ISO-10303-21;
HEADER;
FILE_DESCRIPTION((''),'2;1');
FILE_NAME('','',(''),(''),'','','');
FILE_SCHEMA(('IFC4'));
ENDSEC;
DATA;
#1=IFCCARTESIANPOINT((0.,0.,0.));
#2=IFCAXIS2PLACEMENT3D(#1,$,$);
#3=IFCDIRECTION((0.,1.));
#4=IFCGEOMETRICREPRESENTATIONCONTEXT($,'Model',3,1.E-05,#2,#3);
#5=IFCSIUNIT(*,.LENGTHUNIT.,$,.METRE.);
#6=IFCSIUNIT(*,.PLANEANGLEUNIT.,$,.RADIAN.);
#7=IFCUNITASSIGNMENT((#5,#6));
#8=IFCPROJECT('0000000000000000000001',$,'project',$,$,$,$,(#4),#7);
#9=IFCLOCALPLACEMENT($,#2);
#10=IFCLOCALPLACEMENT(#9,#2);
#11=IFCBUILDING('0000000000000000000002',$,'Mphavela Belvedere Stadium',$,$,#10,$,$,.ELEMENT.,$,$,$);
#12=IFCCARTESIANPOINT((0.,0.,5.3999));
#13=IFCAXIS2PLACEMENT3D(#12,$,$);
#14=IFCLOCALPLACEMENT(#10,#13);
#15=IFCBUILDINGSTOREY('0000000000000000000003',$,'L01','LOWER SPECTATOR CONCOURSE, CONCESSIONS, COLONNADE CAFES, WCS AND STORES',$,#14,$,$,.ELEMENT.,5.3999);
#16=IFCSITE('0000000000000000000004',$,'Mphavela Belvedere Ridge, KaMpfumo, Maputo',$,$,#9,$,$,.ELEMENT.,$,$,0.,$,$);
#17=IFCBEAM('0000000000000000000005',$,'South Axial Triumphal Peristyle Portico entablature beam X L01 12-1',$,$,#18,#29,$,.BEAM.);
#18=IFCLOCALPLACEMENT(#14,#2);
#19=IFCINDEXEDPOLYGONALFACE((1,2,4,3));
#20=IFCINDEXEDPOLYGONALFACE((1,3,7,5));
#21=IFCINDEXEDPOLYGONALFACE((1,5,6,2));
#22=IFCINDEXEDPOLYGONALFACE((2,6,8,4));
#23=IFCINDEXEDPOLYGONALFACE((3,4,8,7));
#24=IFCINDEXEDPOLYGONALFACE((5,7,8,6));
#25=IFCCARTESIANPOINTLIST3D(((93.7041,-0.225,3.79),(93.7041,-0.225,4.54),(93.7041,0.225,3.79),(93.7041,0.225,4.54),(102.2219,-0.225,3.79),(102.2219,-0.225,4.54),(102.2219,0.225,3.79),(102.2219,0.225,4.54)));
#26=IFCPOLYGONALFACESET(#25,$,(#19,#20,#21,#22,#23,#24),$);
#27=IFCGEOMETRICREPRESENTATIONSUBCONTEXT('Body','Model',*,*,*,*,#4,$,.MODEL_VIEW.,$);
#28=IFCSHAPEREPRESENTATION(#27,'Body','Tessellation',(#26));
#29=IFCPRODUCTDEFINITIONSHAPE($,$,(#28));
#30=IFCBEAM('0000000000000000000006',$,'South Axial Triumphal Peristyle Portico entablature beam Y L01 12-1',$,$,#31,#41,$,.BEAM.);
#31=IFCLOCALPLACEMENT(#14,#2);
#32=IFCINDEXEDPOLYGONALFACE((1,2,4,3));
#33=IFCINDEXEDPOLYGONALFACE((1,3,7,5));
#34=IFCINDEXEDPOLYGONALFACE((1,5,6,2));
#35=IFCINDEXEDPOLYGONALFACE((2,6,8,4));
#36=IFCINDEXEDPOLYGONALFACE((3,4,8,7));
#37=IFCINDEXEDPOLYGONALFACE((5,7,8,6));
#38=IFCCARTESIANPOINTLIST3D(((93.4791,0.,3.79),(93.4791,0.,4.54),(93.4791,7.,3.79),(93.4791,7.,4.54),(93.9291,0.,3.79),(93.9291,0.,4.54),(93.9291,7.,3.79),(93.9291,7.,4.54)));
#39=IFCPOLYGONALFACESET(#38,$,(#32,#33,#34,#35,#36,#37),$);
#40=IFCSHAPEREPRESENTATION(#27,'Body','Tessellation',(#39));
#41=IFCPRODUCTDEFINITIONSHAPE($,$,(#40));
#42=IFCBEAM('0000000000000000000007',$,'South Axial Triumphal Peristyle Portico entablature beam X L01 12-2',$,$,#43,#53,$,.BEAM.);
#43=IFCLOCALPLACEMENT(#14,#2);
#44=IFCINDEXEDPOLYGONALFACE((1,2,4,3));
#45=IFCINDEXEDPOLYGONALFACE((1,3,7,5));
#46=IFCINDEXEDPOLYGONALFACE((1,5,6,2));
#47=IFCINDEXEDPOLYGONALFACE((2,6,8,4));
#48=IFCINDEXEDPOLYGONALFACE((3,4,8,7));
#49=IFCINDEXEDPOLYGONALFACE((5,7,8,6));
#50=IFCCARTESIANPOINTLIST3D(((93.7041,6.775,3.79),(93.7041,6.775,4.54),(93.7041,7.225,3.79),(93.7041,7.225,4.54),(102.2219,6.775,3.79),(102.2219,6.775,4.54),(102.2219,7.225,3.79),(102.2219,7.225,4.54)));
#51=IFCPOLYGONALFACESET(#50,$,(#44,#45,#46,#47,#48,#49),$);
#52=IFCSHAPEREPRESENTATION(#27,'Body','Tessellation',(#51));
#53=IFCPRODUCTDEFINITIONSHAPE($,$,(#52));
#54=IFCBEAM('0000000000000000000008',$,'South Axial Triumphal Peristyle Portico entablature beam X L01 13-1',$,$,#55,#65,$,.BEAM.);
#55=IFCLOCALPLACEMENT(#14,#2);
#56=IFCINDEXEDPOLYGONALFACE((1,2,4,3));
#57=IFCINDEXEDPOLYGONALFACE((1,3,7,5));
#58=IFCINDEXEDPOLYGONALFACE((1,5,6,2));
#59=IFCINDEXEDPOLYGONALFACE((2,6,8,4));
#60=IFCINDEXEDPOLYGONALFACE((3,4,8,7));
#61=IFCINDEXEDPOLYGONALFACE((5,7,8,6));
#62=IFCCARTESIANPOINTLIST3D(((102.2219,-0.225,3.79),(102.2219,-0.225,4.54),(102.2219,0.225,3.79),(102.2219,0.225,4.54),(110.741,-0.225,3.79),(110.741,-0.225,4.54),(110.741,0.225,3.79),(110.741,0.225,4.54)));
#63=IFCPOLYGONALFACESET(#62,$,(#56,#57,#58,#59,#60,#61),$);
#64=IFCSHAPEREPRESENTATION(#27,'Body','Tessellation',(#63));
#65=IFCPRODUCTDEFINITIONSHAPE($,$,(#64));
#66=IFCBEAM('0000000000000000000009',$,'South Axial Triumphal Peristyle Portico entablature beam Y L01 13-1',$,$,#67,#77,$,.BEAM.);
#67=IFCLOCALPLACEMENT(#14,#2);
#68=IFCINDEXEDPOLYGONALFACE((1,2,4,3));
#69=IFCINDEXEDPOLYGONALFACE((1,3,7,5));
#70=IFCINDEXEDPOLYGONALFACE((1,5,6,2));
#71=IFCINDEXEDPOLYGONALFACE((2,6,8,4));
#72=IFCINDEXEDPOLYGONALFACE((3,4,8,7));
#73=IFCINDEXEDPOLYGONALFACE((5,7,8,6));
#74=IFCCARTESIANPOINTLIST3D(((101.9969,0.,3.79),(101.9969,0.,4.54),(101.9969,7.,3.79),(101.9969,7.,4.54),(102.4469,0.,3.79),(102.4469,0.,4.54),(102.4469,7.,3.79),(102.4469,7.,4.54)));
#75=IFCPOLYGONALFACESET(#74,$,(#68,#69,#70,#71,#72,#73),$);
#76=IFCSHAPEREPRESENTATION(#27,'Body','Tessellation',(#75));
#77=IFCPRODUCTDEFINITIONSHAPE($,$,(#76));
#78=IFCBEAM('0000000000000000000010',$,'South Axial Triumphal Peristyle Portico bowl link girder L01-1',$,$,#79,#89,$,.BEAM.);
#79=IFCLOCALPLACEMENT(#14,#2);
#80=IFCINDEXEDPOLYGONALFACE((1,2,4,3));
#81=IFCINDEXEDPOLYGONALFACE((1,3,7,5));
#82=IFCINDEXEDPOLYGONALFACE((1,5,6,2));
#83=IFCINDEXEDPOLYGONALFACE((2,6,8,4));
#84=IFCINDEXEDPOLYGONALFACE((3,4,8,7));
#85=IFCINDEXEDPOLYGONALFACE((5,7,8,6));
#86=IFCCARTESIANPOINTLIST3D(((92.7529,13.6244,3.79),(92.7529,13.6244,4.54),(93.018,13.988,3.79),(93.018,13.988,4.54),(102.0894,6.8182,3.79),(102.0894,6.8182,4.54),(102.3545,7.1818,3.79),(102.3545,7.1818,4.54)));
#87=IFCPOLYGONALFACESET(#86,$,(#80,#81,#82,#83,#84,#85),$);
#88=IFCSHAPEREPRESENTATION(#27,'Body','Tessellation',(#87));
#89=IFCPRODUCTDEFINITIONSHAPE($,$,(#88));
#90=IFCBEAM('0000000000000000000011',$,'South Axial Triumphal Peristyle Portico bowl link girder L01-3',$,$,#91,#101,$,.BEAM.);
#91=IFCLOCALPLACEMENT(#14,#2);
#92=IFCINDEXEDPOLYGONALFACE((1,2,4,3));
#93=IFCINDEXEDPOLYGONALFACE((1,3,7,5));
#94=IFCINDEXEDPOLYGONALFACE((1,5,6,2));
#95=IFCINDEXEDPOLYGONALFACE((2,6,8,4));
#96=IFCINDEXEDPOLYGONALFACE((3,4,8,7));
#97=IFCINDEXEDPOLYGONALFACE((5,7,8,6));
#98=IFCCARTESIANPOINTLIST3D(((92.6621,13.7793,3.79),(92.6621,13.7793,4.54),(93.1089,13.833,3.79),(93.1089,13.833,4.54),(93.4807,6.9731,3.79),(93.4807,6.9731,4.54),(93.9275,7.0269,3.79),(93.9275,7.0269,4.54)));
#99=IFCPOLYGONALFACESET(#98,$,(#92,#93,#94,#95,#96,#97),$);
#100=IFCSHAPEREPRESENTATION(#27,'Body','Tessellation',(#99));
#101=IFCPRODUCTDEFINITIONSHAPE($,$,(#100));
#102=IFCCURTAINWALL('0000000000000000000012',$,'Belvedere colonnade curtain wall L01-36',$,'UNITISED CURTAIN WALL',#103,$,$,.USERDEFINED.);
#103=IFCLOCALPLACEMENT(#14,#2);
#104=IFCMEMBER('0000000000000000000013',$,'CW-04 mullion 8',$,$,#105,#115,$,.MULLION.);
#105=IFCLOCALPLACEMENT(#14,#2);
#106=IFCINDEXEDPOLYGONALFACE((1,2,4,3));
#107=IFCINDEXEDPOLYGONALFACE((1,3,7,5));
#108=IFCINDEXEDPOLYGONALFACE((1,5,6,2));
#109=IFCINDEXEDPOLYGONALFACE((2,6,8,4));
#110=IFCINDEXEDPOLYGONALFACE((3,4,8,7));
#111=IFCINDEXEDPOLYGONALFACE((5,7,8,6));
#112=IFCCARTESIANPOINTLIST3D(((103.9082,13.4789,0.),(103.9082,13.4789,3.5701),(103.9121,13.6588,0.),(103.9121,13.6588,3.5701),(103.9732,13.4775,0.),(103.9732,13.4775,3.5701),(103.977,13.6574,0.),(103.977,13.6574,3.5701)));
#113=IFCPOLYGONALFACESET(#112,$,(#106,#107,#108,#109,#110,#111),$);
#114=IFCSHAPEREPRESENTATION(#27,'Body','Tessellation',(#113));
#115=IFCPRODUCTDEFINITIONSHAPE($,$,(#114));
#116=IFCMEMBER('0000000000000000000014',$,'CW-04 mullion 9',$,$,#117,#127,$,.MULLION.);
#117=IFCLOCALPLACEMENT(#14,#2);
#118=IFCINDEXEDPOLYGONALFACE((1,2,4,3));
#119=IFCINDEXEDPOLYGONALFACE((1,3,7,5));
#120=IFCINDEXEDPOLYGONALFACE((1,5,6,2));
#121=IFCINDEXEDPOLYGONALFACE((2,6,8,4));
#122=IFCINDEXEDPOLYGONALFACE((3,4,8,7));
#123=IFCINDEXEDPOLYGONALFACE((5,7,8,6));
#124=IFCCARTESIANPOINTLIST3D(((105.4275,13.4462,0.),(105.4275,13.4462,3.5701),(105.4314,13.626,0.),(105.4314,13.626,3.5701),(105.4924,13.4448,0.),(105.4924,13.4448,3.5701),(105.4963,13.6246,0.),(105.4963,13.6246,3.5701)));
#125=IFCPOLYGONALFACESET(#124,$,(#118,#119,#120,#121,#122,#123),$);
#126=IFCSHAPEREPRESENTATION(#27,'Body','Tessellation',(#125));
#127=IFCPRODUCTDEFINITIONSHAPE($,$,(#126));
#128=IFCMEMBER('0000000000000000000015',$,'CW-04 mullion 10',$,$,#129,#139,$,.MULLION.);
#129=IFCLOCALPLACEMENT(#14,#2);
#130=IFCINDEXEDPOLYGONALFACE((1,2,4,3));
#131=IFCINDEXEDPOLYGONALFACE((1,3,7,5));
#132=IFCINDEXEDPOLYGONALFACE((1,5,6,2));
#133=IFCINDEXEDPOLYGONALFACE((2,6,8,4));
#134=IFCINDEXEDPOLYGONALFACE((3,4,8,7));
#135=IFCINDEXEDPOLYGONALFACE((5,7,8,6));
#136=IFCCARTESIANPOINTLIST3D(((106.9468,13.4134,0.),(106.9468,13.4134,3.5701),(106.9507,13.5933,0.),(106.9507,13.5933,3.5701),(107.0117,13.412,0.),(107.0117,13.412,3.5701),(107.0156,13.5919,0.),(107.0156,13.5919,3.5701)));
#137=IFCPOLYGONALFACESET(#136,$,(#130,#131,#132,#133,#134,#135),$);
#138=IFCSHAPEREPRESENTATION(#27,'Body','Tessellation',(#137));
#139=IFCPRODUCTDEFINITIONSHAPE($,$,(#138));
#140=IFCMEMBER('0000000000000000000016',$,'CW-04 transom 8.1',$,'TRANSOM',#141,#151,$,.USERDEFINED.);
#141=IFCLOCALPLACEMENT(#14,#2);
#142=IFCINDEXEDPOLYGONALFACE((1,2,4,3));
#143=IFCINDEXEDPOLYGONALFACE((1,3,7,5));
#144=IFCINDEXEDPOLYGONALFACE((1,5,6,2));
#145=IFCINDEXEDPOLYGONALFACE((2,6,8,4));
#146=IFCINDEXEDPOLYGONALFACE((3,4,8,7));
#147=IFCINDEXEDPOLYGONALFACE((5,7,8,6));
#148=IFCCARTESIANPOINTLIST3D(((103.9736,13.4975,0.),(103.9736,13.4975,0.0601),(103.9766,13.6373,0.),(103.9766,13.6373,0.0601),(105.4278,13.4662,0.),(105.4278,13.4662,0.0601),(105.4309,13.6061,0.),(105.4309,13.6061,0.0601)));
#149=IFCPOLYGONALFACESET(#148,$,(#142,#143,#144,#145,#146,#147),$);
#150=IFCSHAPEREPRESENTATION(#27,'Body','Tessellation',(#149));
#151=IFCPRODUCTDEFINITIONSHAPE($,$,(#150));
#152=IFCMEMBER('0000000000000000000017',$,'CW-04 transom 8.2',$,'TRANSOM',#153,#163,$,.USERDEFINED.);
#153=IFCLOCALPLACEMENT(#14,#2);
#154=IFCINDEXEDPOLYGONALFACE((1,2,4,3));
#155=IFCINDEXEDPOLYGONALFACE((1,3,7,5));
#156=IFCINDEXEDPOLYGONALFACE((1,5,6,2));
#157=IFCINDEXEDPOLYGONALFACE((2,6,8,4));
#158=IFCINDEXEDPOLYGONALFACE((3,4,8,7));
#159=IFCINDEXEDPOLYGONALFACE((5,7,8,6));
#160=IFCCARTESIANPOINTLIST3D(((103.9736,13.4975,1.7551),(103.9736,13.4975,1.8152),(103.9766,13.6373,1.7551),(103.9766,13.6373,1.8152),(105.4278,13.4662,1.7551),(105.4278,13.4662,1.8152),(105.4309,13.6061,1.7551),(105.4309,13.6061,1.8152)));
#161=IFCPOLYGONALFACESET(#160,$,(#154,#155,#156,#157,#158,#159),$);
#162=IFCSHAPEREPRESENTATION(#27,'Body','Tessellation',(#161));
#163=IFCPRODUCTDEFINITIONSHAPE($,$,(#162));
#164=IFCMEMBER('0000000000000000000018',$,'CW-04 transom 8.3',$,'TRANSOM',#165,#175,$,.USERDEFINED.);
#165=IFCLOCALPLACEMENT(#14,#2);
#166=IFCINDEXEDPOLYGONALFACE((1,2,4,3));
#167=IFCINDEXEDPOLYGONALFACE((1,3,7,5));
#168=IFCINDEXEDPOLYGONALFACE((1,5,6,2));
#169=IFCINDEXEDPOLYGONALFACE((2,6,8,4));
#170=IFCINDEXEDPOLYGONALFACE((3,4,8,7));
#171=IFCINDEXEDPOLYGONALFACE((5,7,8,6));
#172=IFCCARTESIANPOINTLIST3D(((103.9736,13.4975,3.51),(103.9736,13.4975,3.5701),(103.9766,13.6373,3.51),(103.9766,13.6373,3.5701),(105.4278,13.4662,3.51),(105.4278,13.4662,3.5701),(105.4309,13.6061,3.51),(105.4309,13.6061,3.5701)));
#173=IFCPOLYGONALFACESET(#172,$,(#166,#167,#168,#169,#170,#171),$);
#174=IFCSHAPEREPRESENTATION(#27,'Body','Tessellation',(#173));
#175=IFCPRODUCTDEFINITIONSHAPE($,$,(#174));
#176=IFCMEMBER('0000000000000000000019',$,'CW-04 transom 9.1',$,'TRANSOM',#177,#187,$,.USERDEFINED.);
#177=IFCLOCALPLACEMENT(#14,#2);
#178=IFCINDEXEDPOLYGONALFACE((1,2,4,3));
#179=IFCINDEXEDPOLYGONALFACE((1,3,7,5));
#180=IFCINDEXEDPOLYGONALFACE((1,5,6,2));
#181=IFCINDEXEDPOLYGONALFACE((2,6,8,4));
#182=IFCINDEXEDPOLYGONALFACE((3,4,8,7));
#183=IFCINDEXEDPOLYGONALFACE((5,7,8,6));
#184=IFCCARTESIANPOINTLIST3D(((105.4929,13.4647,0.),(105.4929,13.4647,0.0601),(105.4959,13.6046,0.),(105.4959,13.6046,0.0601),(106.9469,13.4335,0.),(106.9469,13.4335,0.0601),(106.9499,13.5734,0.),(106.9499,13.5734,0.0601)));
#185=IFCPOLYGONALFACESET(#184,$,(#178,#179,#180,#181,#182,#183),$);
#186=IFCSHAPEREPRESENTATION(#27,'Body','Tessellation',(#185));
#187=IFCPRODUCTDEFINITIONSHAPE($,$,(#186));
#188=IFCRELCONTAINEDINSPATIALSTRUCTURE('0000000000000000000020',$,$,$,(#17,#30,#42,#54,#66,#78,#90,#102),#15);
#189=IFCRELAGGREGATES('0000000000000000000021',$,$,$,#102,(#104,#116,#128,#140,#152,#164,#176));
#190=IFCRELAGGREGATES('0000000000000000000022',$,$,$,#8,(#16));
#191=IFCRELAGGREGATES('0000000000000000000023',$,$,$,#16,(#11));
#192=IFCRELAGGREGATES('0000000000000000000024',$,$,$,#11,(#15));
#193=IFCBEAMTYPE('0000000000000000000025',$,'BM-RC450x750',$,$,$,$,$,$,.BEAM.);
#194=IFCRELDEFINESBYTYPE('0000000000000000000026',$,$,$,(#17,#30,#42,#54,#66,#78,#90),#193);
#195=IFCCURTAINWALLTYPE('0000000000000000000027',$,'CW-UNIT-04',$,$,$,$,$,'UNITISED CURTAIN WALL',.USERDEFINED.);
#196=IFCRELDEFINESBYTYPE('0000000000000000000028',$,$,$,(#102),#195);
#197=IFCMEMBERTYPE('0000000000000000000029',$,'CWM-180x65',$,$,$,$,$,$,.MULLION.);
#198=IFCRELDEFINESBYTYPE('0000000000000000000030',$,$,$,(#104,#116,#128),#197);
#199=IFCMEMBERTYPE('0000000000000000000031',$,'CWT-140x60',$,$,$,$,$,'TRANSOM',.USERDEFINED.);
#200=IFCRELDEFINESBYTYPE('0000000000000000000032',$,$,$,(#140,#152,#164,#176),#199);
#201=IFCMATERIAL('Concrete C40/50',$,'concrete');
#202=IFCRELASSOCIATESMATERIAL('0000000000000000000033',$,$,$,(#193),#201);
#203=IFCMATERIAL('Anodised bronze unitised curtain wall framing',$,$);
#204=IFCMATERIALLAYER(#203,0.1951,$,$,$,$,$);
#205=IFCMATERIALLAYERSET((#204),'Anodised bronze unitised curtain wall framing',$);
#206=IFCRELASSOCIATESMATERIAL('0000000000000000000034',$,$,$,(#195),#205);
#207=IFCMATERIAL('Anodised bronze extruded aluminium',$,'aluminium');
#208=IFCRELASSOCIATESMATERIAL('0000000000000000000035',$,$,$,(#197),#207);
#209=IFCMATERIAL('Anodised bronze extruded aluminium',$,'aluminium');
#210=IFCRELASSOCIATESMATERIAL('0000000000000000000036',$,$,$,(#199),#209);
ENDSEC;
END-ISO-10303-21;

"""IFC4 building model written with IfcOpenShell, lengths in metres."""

from ifc_helpers import new_model, si_unit, direction, frame, origin, origin_2d, place, context, subcontext, project, spatial, rectangle, extrude, material, layer, layer_set, material_profile, profile_set, type_object, element, aggregate, save


model = new_model("IFC4")

# Units and contexts
model_context = context("Model", 3, precision=1e-05, world=origin(), true_north=direction((0.0, 1.0)))
body_context = subcontext(model_context, "Body", "Model", "MODEL_VIEW")
ifc_project = project(units=[si_unit("LENGTHUNIT", "METRE"), si_unit("PLANEANGLEUNIT", "RADIAN")], contexts=[model_context])

# Site, building, storey
site_placement = place(None, origin())
site = spatial("IfcSite", under=ifc_project, at=site_placement, Name="Mphavela Belvedere Ridge, KaMpfumo, Maputo", CompositionType="ELEMENT", RefElevation=0.0)
building_placement = place(site_placement, origin())
building = spatial("IfcBuilding", under=site, at=building_placement, Name="Mphavela Belvedere Stadium", CompositionType="ELEMENT")
storey_placement = place(building_placement, frame((0.0, 0.0, 5.3999)))
storey = spatial("IfcBuildingStorey", under=building, at=storey_placement, Name="L01", Description="LOWER SPECTATOR CONCOURSE, CONCESSIONS, COLONNADE CAFES, WCS AND STORES", CompositionType="ELEMENT", Elevation=5.3999)

# Beams
ifc_material_1 = material(Name="Concrete C40/50", Category="concrete")
ifc_material_profile_1 = material_profile(ifc_material_1, rectangle(XDim=0.45, YDim=0.75, at=origin_2d()), Name="RC 450x750")
ifc_profile_set_1 = profile_set([ifc_material_profile_1], Name="Concrete C40/50")
beam_type_1 = type_object("IfcBeamType", Name="BM-RC450x750", PredefinedType="BEAM", material=ifc_profile_set_1)
beam_1_placement = place(storey_placement, frame((93.7041, 0.0, 4.165), z_axis=(1.0, 0.0, 0.0), x_axis=(0.0, 1.0, 0.0)))
element("IfcBeam", 1, at=beam_1_placement, inside=storey, type_object=beam_type_1, Name="South Axial Triumphal Peristyle Portico entablature beam X L01 12-1", PredefinedType="BEAM", context=body_context, shape_type="SweptSolid", body=[
    extrude(rectangle(XDim=0.45, YDim=0.75, at=origin_2d()), origin(), (0.0, 0.0, 1.0), 8.5178),
])
beam_2_placement = place(storey_placement, frame((93.7041, 0.0, 4.165), z_axis=(0.0, 1.0, 0.0), x_axis=(-1.0, 0.0, 0.0)))
element("IfcBeam", 2, at=beam_2_placement, inside=storey, type_object=beam_type_1, Name="South Axial Triumphal Peristyle Portico entablature beam Y L01 12-1", PredefinedType="BEAM", context=body_context, shape_type="SweptSolid", body=[
    extrude(rectangle(XDim=0.45, YDim=0.75, at=origin_2d()), origin(), (0.0, 0.0, 1.0), 7.0),
])
beam_3_placement = place(storey_placement, frame((93.7041, 7.0, 4.165), z_axis=(1.0, 0.0, 0.0), x_axis=(0.0, 1.0, 0.0)))
element("IfcBeam", 3, at=beam_3_placement, inside=storey, type_object=beam_type_1, Name="South Axial Triumphal Peristyle Portico entablature beam X L01 12-2", PredefinedType="BEAM", context=body_context, shape_type="SweptSolid", body=[
    extrude(rectangle(XDim=0.45, YDim=0.75, at=origin_2d()), origin(), (0.0, 0.0, 1.0), 8.5178),
])
beam_4_placement = place(storey_placement, frame((102.2219, 0.0, 4.165), z_axis=(1.0, 0.0, 0.0), x_axis=(0.0, 1.0, 0.0)))
element("IfcBeam", 4, at=beam_4_placement, inside=storey, type_object=beam_type_1, Name="South Axial Triumphal Peristyle Portico entablature beam X L01 13-1", PredefinedType="BEAM", context=body_context, shape_type="SweptSolid", body=[
    extrude(rectangle(XDim=0.45, YDim=0.75, at=origin_2d()), origin(), (0.0, 0.0, 1.0), 8.519),
])
beam_5_placement = place(storey_placement, frame((102.2219, 0.0, 4.165), z_axis=(0.0, 1.0, 0.0), x_axis=(-1.0, 0.0, 0.0)))
element("IfcBeam", 5, at=beam_5_placement, inside=storey, type_object=beam_type_1, Name="South Axial Triumphal Peristyle Portico entablature beam Y L01 13-1", PredefinedType="BEAM", context=body_context, shape_type="SweptSolid", body=[
    extrude(rectangle(XDim=0.45, YDim=0.75, at=origin_2d()), origin(), (0.0, 0.0, 1.0), 7.0),
])
beam_6_placement = place(storey_placement, frame((102.2219, 7.0, 4.165), z_axis=(-0.808076, 0.589078, 0.0), x_axis=(-0.589078, -0.808076, 0.0)))
element("IfcBeam", 6, at=beam_6_placement, inside=storey, type_object=beam_type_1, Name="South Axial Triumphal Peristyle Portico bowl link girder L01-1", PredefinedType="BEAM", context=body_context, shape_type="SweptSolid", body=[
    extrude(rectangle(XDim=0.45, YDim=0.75, at=origin_2d()), origin(), (0.0, 0.0, 1.0), 11.554),
])
beam_7_placement = place(storey_placement, frame((93.7041, 7.0, 4.165), z_axis=(-0.119413, 0.992845, 0.0), x_axis=(-0.992845, -0.119413, 0.0)))
element("IfcBeam", 7, at=beam_7_placement, inside=storey, type_object=beam_type_1, Name="South Axial Triumphal Peristyle Portico bowl link girder L01-3", PredefinedType="BEAM", context=body_context, shape_type="SweptSolid", body=[
    extrude(rectangle(XDim=0.45, YDim=0.75, at=origin_2d()), origin(), (0.0, 0.0, 1.0), 6.8552),
])

# Curtain wall, members
ifc_material_2 = material(Name="Anodised bronze unitised curtain wall framing")
ifc_layer_1 = layer(ifc_material_2, 0.1951)
ifc_layer_set_1 = layer_set([ifc_layer_1], Name="Anodised bronze unitised curtain wall framing")
curtain_wall_type = type_object("IfcCurtainWallType", Name="CW-UNIT-04", ElementType="UNITISED CURTAIN WALL", PredefinedType="USERDEFINED", material=ifc_layer_set_1)
curtain_wall_placement = place(storey_placement, origin())
curtain_wall = element("IfcCurtainWall", 8, at=curtain_wall_placement, inside=storey, type_object=curtain_wall_type, Name="Belvedere colonnade curtain wall L01-36", ObjectType="UNITISED CURTAIN WALL", PredefinedType="USERDEFINED")
ifc_material_3 = material(Name="Anodised bronze extruded aluminium", Category="aluminium")
ifc_material_profile_2 = material_profile(ifc_material_3, rectangle(XDim=0.1799, YDim=0.0649, at=origin_2d()), Name="CW-MUL 180x65")
ifc_profile_set_2 = profile_set([ifc_material_profile_2], Name="Anodised bronze extruded aluminium")
member_type_1 = type_object("IfcMemberType", Name="CWM-180x65", PredefinedType="MULLION", material=ifc_profile_set_2)
member_1_placement = place(storey_placement, frame((103.9426, 13.5681, 0.0), z_axis=(0.0, 0.0, 1.0), x_axis=(0.021529, 0.999768, 0.0)))
member_1 = element("IfcMember", 9, at=member_1_placement, type_object=member_type_1, Name="CW-04 mullion 8", PredefinedType="MULLION", context=body_context, shape_type="SweptSolid", body=[
    extrude(rectangle(XDim=0.1799, YDim=0.0649, at=origin_2d()), origin(), (0.0, 0.0, 1.0), 3.5701),
])
member_2_placement = place(storey_placement, frame((105.4619, 13.5354, 0.0), z_axis=(0.0, 0.0, 1.0), x_axis=(0.021529, 0.999768, 0.0)))
member_2 = element("IfcMember", 10, at=member_2_placement, type_object=member_type_1, Name="CW-04 mullion 9", PredefinedType="MULLION", context=body_context, shape_type="SweptSolid", body=[
    extrude(rectangle(XDim=0.1799, YDim=0.0649, at=origin_2d()), origin(), (0.0, 0.0, 1.0), 3.5701),
])
member_3_placement = place(storey_placement, frame((106.9812, 13.5027, 0.0), z_axis=(0.0, 0.0, 1.0), x_axis=(0.021529, 0.999768, 0.0)))
member_3 = element("IfcMember", 11, at=member_3_placement, type_object=member_type_1, Name="CW-04 mullion 10", PredefinedType="MULLION", context=body_context, shape_type="SweptSolid", body=[
    extrude(rectangle(XDim=0.1799, YDim=0.0649, at=origin_2d()), origin(), (0.0, 0.0, 1.0), 3.5701),
])
ifc_material_4 = material(Name="Anodised bronze extruded aluminium", Category="aluminium")
ifc_material_profile_3 = material_profile(ifc_material_4, rectangle(XDim=0.1399, YDim=0.0601, at=origin_2d()), Name="CW-TRN 140x60")
ifc_profile_set_3 = profile_set([ifc_material_profile_3], Name="Anodised bronze extruded aluminium")
member_type_2 = type_object("IfcMemberType", Name="CWT-140x60", ElementType="TRANSOM", PredefinedType="USERDEFINED", material=ifc_profile_set_3)
member_4_placement = place(storey_placement, frame((103.9751, 13.5674, 0.03), z_axis=(0.999769, -0.021482, 0.0), x_axis=(0.021482, 0.999769, 0.0)))
member_4 = element("IfcMember", 12, at=member_4_placement, type_object=member_type_2, Name="CW-04 transom 8.1", ObjectType="TRANSOM", PredefinedType="USERDEFINED", context=body_context, shape_type="SweptSolid", body=[
    extrude(rectangle(XDim=0.1399, YDim=0.0601, at=origin_2d()), origin(), (0.0, 0.0, 1.0), 1.4546),
])
member_5_placement = place(storey_placement, frame((103.9751, 13.5674, 1.7852), z_axis=(0.999769, -0.021482, 0.0), x_axis=(0.021482, 0.999769, 0.0)))
member_5 = element("IfcMember", 13, at=member_5_placement, type_object=member_type_2, Name="CW-04 transom 8.2", ObjectType="TRANSOM", PredefinedType="USERDEFINED", context=body_context, shape_type="SweptSolid", body=[
    extrude(rectangle(XDim=0.1399, YDim=0.0601, at=origin_2d()), origin(), (0.0, 0.0, 1.0), 1.4546),
])
member_6_placement = place(storey_placement, frame((103.9751, 13.5674, 3.54), z_axis=(0.999769, -0.021482, 0.0), x_axis=(0.021482, 0.999769, 0.0)))
member_6 = element("IfcMember", 14, at=member_6_placement, type_object=member_type_2, Name="CW-04 transom 8.3", ObjectType="TRANSOM", PredefinedType="USERDEFINED", context=body_context, shape_type="SweptSolid", body=[
    extrude(rectangle(XDim=0.1399, YDim=0.0601, at=origin_2d()), origin(), (0.0, 0.0, 1.0), 1.4546),
])
member_7_placement = place(storey_placement, frame((105.4944, 13.5347, 0.03), z_axis=(0.999769, -0.021486, 0.0), x_axis=(0.021486, 0.999769, 0.0)))
member_7 = element("IfcMember", 15, at=member_7_placement, type_object=member_type_2, Name="CW-04 transom 9.1", ObjectType="TRANSOM", PredefinedType="USERDEFINED", context=body_context, shape_type="SweptSolid", body=[
    extrude(rectangle(XDim=0.1399, YDim=0.0601, at=origin_2d()), origin(), (0.0, 0.0, 1.0), 1.4543),
])
aggregate(curtain_wall, [member_1, member_2, member_3, member_4, member_5, member_6, member_7])

save(model, "model.ifc")
